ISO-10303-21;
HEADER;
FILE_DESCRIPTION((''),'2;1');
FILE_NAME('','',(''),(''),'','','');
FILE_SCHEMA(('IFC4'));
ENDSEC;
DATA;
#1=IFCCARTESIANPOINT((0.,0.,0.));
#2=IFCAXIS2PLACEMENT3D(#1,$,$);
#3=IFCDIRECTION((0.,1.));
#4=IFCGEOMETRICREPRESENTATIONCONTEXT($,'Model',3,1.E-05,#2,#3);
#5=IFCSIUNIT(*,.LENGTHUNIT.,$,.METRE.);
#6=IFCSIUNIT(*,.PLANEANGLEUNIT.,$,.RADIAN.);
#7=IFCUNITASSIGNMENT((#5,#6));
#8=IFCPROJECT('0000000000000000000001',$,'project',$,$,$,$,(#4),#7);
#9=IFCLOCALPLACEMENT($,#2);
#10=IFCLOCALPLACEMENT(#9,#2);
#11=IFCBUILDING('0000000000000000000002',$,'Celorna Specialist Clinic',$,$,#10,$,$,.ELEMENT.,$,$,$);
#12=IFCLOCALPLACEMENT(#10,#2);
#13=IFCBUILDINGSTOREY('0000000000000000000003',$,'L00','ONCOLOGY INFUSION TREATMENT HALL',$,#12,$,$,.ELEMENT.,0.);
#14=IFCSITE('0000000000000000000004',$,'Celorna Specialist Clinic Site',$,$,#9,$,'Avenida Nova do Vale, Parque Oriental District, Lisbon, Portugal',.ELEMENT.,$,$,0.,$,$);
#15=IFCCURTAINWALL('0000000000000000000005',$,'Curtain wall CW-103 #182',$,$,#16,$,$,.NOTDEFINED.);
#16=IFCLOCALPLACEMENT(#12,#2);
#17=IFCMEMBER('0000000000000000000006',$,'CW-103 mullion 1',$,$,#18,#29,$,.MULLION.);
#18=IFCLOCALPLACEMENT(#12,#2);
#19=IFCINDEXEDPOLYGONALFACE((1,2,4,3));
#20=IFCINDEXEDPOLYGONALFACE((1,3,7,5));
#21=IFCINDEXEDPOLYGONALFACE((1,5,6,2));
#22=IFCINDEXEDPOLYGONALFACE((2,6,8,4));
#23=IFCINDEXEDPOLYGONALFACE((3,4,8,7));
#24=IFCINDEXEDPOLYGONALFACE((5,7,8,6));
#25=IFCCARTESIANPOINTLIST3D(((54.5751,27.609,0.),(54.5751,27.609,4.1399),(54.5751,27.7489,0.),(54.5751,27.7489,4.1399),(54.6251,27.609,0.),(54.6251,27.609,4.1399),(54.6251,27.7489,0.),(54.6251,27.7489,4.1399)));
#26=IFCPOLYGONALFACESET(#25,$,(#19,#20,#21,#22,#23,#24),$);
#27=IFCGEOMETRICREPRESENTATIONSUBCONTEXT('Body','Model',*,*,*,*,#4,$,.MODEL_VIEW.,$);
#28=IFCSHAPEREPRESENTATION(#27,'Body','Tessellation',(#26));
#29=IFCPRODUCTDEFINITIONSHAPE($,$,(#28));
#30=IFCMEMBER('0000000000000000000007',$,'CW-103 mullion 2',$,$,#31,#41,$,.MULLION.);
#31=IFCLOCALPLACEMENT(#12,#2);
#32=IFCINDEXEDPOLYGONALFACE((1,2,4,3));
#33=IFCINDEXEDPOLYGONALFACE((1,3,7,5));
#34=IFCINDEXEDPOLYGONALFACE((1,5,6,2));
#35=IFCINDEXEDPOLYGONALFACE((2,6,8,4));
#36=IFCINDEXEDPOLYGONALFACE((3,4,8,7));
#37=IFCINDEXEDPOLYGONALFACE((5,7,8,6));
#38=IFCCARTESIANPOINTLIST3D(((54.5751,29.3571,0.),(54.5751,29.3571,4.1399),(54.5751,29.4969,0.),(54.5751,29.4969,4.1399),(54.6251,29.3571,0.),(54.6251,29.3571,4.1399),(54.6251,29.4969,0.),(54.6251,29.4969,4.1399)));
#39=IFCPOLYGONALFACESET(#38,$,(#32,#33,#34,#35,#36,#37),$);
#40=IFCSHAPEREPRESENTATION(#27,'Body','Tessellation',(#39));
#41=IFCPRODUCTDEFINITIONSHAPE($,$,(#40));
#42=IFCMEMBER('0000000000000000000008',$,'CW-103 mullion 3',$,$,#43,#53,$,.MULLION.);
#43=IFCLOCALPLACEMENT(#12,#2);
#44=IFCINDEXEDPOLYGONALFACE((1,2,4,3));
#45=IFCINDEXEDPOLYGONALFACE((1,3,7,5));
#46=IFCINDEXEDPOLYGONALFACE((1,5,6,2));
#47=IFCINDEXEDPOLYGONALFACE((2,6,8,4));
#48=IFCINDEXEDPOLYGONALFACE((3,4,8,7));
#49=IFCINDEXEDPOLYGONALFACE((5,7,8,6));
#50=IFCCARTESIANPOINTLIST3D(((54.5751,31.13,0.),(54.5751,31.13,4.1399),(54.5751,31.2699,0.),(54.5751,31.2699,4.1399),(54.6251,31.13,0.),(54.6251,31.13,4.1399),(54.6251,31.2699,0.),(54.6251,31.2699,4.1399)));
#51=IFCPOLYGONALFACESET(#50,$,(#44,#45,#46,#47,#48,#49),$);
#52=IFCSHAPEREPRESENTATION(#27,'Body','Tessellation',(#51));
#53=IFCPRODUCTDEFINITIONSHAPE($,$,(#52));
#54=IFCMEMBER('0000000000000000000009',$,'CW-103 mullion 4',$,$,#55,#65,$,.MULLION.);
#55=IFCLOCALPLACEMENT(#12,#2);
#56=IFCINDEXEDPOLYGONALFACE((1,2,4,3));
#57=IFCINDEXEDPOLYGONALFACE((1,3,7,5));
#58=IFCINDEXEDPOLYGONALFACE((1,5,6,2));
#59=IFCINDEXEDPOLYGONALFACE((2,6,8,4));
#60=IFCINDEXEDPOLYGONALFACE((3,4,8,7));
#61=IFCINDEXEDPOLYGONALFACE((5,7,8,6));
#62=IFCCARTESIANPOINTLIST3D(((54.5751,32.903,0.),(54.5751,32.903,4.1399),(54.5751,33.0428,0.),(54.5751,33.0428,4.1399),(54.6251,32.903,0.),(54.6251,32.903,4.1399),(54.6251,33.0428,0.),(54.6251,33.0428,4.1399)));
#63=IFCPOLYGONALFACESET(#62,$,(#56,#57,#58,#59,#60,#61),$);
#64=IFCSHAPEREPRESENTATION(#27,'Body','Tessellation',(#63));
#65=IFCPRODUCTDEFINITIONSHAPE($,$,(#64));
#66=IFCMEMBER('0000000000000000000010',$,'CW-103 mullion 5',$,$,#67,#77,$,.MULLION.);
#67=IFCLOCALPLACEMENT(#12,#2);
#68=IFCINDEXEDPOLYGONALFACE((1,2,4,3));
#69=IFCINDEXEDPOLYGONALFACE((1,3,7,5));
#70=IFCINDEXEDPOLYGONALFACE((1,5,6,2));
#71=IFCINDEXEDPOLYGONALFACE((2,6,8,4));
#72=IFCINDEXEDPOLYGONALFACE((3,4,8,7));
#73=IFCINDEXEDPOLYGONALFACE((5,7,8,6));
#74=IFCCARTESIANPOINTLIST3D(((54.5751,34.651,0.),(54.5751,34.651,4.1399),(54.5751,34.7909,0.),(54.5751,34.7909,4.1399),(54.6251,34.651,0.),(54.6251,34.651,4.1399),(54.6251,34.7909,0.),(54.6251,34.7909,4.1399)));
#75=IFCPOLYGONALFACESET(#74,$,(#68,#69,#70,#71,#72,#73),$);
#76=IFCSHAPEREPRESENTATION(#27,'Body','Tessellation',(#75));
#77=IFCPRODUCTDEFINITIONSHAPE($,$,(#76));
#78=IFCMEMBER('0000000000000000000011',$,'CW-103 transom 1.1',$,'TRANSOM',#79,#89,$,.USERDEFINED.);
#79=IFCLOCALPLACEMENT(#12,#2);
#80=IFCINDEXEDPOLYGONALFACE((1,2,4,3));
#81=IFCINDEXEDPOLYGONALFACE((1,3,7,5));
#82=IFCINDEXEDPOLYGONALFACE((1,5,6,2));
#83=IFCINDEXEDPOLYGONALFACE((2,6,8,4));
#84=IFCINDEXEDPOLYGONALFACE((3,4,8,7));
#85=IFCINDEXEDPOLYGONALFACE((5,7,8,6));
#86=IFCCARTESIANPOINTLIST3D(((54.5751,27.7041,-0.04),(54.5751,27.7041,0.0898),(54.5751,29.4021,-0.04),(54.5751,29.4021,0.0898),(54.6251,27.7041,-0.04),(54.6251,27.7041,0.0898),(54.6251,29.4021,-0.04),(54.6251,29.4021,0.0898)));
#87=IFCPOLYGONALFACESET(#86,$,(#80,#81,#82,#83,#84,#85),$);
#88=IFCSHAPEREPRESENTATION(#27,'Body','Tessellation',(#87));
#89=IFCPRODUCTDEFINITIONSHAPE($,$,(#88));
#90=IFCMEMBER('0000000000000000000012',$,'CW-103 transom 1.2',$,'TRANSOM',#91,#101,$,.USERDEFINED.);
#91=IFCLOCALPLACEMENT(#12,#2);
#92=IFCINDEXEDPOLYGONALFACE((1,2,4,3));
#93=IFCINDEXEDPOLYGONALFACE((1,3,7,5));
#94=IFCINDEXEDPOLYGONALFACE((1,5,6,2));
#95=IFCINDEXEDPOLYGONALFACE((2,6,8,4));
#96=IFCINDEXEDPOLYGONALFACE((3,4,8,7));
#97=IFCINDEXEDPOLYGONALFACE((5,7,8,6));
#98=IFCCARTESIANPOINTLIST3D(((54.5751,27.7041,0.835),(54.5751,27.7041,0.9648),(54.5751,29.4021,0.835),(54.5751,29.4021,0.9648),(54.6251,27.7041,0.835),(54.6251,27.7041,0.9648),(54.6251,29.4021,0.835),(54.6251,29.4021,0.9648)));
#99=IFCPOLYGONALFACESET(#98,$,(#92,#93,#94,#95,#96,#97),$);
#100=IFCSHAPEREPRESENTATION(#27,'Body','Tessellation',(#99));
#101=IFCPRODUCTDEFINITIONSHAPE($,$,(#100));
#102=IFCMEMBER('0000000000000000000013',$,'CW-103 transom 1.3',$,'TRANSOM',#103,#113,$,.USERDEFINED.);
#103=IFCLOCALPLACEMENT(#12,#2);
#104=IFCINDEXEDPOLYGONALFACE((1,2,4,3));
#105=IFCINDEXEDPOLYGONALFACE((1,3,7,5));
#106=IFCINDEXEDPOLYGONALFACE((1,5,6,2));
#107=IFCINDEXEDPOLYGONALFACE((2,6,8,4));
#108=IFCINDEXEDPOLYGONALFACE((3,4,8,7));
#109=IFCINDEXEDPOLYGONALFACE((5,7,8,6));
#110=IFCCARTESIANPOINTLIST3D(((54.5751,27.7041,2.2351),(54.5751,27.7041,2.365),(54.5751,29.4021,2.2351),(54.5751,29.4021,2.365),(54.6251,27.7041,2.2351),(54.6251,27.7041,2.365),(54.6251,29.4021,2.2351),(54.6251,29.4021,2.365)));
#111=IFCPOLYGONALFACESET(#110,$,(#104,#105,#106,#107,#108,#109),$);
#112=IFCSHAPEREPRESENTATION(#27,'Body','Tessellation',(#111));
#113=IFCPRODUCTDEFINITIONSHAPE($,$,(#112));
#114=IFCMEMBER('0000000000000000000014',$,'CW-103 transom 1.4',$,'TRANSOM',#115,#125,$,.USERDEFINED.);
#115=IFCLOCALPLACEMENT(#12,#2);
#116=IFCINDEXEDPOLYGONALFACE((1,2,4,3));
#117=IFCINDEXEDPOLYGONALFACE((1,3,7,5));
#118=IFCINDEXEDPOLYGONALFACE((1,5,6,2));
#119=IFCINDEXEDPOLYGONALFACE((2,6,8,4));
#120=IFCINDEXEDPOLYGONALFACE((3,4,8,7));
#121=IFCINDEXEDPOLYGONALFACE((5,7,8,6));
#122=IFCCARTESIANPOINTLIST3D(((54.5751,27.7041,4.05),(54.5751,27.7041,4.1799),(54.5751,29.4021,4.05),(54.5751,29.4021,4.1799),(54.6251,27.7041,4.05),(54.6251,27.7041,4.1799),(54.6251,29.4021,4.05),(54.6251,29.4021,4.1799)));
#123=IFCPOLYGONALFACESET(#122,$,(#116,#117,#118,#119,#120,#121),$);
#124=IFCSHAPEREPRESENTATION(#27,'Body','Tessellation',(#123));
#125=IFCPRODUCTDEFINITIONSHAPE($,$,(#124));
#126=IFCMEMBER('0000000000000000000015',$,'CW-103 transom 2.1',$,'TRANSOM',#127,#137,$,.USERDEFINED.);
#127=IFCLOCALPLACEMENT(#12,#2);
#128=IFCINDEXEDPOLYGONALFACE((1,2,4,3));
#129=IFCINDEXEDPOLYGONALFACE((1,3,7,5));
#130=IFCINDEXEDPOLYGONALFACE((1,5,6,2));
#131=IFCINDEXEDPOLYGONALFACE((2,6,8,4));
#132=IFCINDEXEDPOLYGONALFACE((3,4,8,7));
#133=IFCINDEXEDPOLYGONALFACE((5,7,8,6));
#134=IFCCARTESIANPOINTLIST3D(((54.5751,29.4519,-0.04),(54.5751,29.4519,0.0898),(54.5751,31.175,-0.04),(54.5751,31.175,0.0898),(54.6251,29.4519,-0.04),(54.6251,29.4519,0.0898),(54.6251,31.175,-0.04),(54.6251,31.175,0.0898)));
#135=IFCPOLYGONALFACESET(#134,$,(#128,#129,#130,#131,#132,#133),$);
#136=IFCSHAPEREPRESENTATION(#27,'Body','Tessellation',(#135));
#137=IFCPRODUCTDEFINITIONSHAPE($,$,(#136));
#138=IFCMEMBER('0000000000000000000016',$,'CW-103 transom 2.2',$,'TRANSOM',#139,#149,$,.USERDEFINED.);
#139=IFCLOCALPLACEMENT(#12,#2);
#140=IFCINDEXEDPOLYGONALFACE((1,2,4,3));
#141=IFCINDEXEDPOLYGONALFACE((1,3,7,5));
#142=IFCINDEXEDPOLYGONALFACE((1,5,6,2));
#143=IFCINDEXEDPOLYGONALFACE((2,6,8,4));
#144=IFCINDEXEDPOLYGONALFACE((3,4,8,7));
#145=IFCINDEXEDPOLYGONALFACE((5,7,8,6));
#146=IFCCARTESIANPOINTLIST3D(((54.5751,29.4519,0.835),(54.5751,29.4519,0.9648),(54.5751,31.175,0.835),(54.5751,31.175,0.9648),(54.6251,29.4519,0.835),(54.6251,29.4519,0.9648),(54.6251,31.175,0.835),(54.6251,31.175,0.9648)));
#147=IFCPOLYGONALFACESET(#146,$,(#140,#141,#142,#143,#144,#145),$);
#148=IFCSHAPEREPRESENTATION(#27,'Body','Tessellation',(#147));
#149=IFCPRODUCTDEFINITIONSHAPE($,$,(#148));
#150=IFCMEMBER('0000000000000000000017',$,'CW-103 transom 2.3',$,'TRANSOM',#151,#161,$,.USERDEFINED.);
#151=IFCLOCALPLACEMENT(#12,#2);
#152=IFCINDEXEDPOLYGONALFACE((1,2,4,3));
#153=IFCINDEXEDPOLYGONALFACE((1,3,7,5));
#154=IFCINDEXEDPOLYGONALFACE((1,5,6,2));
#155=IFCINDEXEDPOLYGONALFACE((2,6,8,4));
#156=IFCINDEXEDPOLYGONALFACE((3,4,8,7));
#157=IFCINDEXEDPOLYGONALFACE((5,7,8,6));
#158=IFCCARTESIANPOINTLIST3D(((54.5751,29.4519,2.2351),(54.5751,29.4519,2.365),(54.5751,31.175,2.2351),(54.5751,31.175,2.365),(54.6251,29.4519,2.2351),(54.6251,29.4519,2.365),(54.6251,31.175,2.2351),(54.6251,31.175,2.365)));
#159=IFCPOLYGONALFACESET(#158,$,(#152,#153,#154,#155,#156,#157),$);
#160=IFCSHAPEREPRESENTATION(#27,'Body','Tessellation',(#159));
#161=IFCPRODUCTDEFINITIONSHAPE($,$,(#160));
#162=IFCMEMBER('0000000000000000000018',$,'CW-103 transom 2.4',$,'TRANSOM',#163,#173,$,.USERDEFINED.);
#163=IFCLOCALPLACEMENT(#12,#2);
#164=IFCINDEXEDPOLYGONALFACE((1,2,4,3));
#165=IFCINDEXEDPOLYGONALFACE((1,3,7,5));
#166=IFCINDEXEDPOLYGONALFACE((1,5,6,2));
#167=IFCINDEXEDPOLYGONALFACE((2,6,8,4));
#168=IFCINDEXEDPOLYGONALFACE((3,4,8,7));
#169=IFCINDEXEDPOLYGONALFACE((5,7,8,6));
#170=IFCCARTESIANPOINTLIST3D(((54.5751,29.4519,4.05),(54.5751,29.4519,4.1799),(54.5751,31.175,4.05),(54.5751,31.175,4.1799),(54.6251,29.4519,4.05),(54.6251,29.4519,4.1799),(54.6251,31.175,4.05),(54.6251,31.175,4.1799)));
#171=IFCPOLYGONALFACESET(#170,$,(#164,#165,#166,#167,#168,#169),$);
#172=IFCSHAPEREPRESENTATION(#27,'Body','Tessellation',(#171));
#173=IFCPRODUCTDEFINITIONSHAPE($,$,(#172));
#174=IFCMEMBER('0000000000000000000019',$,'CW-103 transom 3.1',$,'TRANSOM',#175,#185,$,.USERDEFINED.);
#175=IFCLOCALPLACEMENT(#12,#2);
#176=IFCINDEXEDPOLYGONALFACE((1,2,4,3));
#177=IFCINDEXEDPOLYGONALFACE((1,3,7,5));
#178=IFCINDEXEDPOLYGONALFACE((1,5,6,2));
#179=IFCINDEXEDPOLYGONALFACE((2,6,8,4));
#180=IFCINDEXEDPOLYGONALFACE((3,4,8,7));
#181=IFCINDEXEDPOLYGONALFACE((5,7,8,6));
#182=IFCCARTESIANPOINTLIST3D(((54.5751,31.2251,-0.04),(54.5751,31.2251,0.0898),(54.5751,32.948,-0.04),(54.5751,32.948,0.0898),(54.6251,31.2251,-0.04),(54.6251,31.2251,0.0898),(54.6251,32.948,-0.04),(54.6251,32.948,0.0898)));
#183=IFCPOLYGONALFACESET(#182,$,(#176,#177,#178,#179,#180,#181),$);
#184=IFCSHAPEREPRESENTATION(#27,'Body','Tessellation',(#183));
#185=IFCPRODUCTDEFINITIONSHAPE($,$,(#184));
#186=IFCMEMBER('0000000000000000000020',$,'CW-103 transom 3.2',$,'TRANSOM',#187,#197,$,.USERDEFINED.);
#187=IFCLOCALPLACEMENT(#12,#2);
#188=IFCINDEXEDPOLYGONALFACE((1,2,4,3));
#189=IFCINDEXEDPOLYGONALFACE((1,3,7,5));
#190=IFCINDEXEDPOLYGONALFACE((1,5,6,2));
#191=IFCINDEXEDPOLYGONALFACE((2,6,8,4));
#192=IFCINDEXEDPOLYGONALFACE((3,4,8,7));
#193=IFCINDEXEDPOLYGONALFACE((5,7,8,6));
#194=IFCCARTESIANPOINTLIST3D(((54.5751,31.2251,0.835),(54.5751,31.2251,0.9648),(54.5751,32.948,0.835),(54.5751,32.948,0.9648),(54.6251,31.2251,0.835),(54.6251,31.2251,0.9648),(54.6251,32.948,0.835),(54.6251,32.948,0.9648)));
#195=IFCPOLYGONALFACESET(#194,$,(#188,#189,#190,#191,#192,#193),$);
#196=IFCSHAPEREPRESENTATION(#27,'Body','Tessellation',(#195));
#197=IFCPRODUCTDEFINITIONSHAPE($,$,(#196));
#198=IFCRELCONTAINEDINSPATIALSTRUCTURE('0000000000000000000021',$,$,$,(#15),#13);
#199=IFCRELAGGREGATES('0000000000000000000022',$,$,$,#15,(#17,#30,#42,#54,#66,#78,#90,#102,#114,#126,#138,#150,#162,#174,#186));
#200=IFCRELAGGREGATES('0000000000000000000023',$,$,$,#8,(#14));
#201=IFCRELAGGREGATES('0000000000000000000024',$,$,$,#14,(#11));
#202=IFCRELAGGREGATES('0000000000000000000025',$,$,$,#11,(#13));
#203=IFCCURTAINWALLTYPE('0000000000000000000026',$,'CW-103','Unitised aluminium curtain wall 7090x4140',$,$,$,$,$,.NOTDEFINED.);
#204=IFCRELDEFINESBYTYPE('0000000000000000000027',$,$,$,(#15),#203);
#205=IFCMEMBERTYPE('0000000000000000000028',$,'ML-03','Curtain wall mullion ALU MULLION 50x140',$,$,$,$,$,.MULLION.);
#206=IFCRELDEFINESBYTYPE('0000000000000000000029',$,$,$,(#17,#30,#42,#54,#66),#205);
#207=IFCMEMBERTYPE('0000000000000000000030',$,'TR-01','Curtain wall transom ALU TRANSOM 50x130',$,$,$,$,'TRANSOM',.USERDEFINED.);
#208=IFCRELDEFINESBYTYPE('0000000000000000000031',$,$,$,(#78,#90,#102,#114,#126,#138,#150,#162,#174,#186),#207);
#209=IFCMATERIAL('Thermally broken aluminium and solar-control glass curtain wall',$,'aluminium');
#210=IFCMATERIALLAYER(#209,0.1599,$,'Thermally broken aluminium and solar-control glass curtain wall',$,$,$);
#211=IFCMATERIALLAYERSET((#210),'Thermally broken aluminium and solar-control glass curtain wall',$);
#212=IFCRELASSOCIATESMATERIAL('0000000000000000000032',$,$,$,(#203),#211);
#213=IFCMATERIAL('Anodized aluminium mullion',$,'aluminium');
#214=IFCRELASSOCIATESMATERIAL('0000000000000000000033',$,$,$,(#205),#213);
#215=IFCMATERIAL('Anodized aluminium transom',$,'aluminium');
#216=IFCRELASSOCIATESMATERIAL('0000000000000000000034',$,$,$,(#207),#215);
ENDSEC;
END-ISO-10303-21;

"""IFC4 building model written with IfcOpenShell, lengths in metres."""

from ifc_helpers import new_model, si_unit, direction, frame, origin, origin_2d, place, context, subcontext, project, spatial, rectangle, extrude, material, layer, layer_set, material_profile, profile_set, type_object, element, aggregate, save


model = new_model("IFC4")

# Units and contexts
model_context = context("Model", 3, precision=1e-05, world=origin(), true_north=direction((0.0, 1.0)))
body_context = subcontext(model_context, "Body", "Model", "MODEL_VIEW")
ifc_project = project(units=[si_unit("LENGTHUNIT", "METRE"), si_unit("PLANEANGLEUNIT", "RADIAN")], contexts=[model_context])

# Site, building, storey
site_placement = place(None, origin())
site = spatial("IfcSite", under=ifc_project, at=site_placement, Name="Celorna Specialist Clinic Site", LongName="Avenida Nova do Vale, Parque Oriental District, Lisbon, Portugal", CompositionType="ELEMENT", RefElevation=0.0)
building_placement = place(site_placement, origin())
building = spatial("IfcBuilding", under=site, at=building_placement, Name="Celorna Specialist Clinic", CompositionType="ELEMENT")
storey_placement = place(building_placement, origin())
storey = spatial("IfcBuildingStorey", under=building, at=storey_placement, Name="L00", Description="ONCOLOGY INFUSION TREATMENT HALL", CompositionType="ELEMENT", Elevation=0.0)

# Curtain wall, members
ifc_material_1 = material(Name="Thermally broken aluminium and solar-control glass curtain wall", Category="aluminium")
ifc_layer_1 = layer(ifc_material_1, 0.1599, Name="Thermally broken aluminium and solar-control glass curtain wall")
ifc_layer_set_1 = layer_set([ifc_layer_1], Name="Thermally broken aluminium and solar-control glass curtain wall")
curtain_wall_type = type_object("IfcCurtainWallType", Name="CW-103", Description="Unitised aluminium curtain wall 7090x4140", PredefinedType="NOTDEFINED", material=ifc_layer_set_1)
curtain_wall_placement = place(storey_placement, origin())
curtain_wall = element("IfcCurtainWall", 1, at=curtain_wall_placement, inside=storey, type_object=curtain_wall_type, Name="Curtain wall CW-103 #182", PredefinedType="NOTDEFINED")
ifc_material_2 = material(Name="Anodized aluminium mullion", Category="aluminium")
ifc_material_profile_1 = material_profile(ifc_material_2, rectangle(XDim=0.05, YDim=0.1399, at=origin_2d()), Name="ALU MULLION 50x140")
ifc_profile_set_1 = profile_set([ifc_material_profile_1], Name="Anodized aluminium mullion")
member_type_1 = type_object("IfcMemberType", Name="ML-03", Description="Curtain wall mullion ALU MULLION 50x140", PredefinedType="MULLION", material=ifc_profile_set_1)
member_1_placement = place(storey_placement, frame((54.6001, 27.679, 0.0), z_axis=(0.0, 0.0, 1.0), x_axis=(-1.0, 0.0, 0.0)))
member_1 = element("IfcMember", 2, at=member_1_placement, type_object=member_type_1, Name="CW-103 mullion 1", PredefinedType="MULLION", context=body_context, shape_type="SweptSolid", body=[
    extrude(rectangle(XDim=0.05, YDim=0.1399, at=origin_2d()), origin(), (0.0, 0.0, 1.0), 4.1399),
])
member_2_placement = place(storey_placement, frame((54.6001, 29.427, 0.0), z_axis=(0.0, 0.0, 1.0), x_axis=(-1.0, 0.0, 0.0)))
member_2 = element("IfcMember", 3, at=member_2_placement, type_object=member_type_1, Name="CW-103 mullion 2", PredefinedType="MULLION", context=body_context, shape_type="SweptSolid", body=[
    extrude(rectangle(XDim=0.05, YDim=0.1399, at=origin_2d()), origin(), (0.0, 0.0, 1.0), 4.1399),
])
member_3_placement = place(storey_placement, frame((54.6001, 31.2, 0.0), z_axis=(0.0, 0.0, 1.0), x_axis=(-1.0, 0.0, 0.0)))
member_3 = element("IfcMember", 4, at=member_3_placement, type_object=member_type_1, Name="CW-103 mullion 3", PredefinedType="MULLION", context=body_context, shape_type="SweptSolid", body=[
    extrude(rectangle(XDim=0.05, YDim=0.1399, at=origin_2d()), origin(), (0.0, 0.0, 1.0), 4.1399),
])
member_4_placement = place(storey_placement, frame((54.6001, 32.9729, 0.0), z_axis=(0.0, 0.0, 1.0), x_axis=(-1.0, 0.0, 0.0)))
member_4 = element("IfcMember", 5, at=member_4_placement, type_object=member_type_1, Name="CW-103 mullion 4", PredefinedType="MULLION", context=body_context, shape_type="SweptSolid", body=[
    extrude(rectangle(XDim=0.05, YDim=0.1399, at=origin_2d()), origin(), (0.0, 0.0, 1.0), 4.1399),
])
member_5_placement = place(storey_placement, frame((54.6001, 34.7209, 0.0), z_axis=(0.0, 0.0, 1.0), x_axis=(-1.0, 0.0, 0.0)))
member_5 = element("IfcMember", 6, at=member_5_placement, type_object=member_type_1, Name="CW-103 mullion 5", PredefinedType="MULLION", context=body_context, shape_type="SweptSolid", body=[
    extrude(rectangle(XDim=0.05, YDim=0.1399, at=origin_2d()), origin(), (0.0, 0.0, 1.0), 4.1399),
])
ifc_material_3 = material(Name="Anodized aluminium transom", Category="aluminium")
ifc_material_profile_2 = material_profile(ifc_material_3, rectangle(XDim=0.05, YDim=0.1299, at=origin_2d()), Name="ALU TRANSOM 50x130")
ifc_profile_set_2 = profile_set([ifc_material_profile_2], Name="Anodized aluminium transom")
member_type_2 = type_object("IfcMemberType", Name="TR-01", Description="Curtain wall transom ALU TRANSOM 50x130", ElementType="TRANSOM", PredefinedType="USERDEFINED", material=ifc_profile_set_2)
member_6_placement = place(storey_placement, frame((54.6001, 27.7041, 0.0249), z_axis=(0.0, 1.0, 0.0), x_axis=(-1.0, 0.0, 0.0)))
member_6 = element("IfcMember", 7, at=member_6_placement, type_object=member_type_2, Name="CW-103 transom 1.1", ObjectType="TRANSOM", PredefinedType="USERDEFINED", context=body_context, shape_type="SweptSolid", body=[
    extrude(rectangle(XDim=0.05, YDim=0.1299, at=origin_2d()), origin(), (0.0, 0.0, 1.0), 1.698),
])
member_7_placement = place(storey_placement, frame((54.6001, 27.7041, 0.8999), z_axis=(0.0, 1.0, 0.0), x_axis=(-1.0, 0.0, 0.0)))
member_7 = element("IfcMember", 8, at=member_7_placement, type_object=member_type_2, Name="CW-103 transom 1.2", ObjectType="TRANSOM", PredefinedType="USERDEFINED", context=body_context, shape_type="SweptSolid", body=[
    extrude(rectangle(XDim=0.05, YDim=0.1299, at=origin_2d()), origin(), (0.0, 0.0, 1.0), 1.698),
])
member_8_placement = place(storey_placement, frame((54.6001, 27.7041, 2.3), z_axis=(0.0, 1.0, 0.0), x_axis=(-1.0, 0.0, 0.0)))
member_8 = element("IfcMember", 9, at=member_8_placement, type_object=member_type_2, Name="CW-103 transom 1.3", ObjectType="TRANSOM", PredefinedType="USERDEFINED", context=body_context, shape_type="SweptSolid", body=[
    extrude(rectangle(XDim=0.05, YDim=0.1299, at=origin_2d()), origin(), (0.0, 0.0, 1.0), 1.698),
])
member_9_placement = place(storey_placement, frame((54.6001, 27.7041, 4.115), z_axis=(0.0, 1.0, 0.0), x_axis=(-1.0, 0.0, 0.0)))
member_9 = element("IfcMember", 10, at=member_9_placement, type_object=member_type_2, Name="CW-103 transom 1.4", ObjectType="TRANSOM", PredefinedType="USERDEFINED", context=body_context, shape_type="SweptSolid", body=[
    extrude(rectangle(XDim=0.05, YDim=0.1299, at=origin_2d()), origin(), (0.0, 0.0, 1.0), 1.698),
])
member_10_placement = place(storey_placement, frame((54.6001, 29.4519, 0.0249), z_axis=(0.0, 1.0, 0.0), x_axis=(-1.0, 0.0, 0.0)))
member_10 = element("IfcMember", 11, at=member_10_placement, type_object=member_type_2, Name="CW-103 transom 2.1", ObjectType="TRANSOM", PredefinedType="USERDEFINED", context=body_context, shape_type="SweptSolid", body=[
    extrude(rectangle(XDim=0.05, YDim=0.1299, at=origin_2d()), origin(), (0.0, 0.0, 1.0), 1.7231),
])
member_11_placement = place(storey_placement, frame((54.6001, 29.4519, 0.8999), z_axis=(0.0, 1.0, 0.0), x_axis=(-1.0, 0.0, 0.0)))
member_11 = element("IfcMember", 12, at=member_11_placement, type_object=member_type_2, Name="CW-103 transom 2.2", ObjectType="TRANSOM", PredefinedType="USERDEFINED", context=body_context, shape_type="SweptSolid", body=[
    extrude(rectangle(XDim=0.05, YDim=0.1299, at=origin_2d()), origin(), (0.0, 0.0, 1.0), 1.7231),
])
member_12_placement = place(storey_placement, frame((54.6001, 29.4519, 2.3), z_axis=(0.0, 1.0, 0.0), x_axis=(-1.0, 0.0, 0.0)))
member_12 = element("IfcMember", 13, at=member_12_placement, type_object=member_type_2, Name="CW-103 transom 2.3", ObjectType="TRANSOM", PredefinedType="USERDEFINED", context=body_context, shape_type="SweptSolid", body=[
    extrude(rectangle(XDim=0.05, YDim=0.1299, at=origin_2d()), origin(), (0.0, 0.0, 1.0), 1.7231),
])
member_13_placement = place(storey_placement, frame((54.6001, 29.4519, 4.115), z_axis=(0.0, 1.0, 0.0), x_axis=(-1.0, 0.0, 0.0)))
member_13 = element("IfcMember", 14, at=member_13_placement, type_object=member_type_2, Name="CW-103 transom 2.4", ObjectType="TRANSOM", PredefinedType="USERDEFINED", context=body_context, shape_type="SweptSolid", body=[
    extrude(rectangle(XDim=0.05, YDim=0.1299, at=origin_2d()), origin(), (0.0, 0.0, 1.0), 1.7231),
])
member_14_placement = place(storey_placement, frame((54.6001, 31.2251, 0.0249), z_axis=(0.0, 1.0, 0.0), x_axis=(-1.0, 0.0, 0.0)))
member_14 = element("IfcMember", 15, at=member_14_placement, type_object=member_type_2, Name="CW-103 transom 3.1", ObjectType="TRANSOM", PredefinedType="USERDEFINED", context=body_context, shape_type="SweptSolid", body=[
    extrude(rectangle(XDim=0.05, YDim=0.1299, at=origin_2d()), origin(), (0.0, 0.0, 1.0), 1.7229),
])
member_15_placement = place(storey_placement, frame((54.6001, 31.2251, 0.8999), z_axis=(0.0, 1.0, 0.0), x_axis=(-1.0, 0.0, 0.0)))
member_15 = element("IfcMember", 16, at=member_15_placement, type_object=member_type_2, Name="CW-103 transom 3.2", ObjectType="TRANSOM", PredefinedType="USERDEFINED", context=body_context, shape_type="SweptSolid", body=[
    extrude(rectangle(XDim=0.05, YDim=0.1299, at=origin_2d()), origin(), (0.0, 0.0, 1.0), 1.7229),
])
aggregate(curtain_wall, [member_1, member_2, member_3, member_4, member_5, member_6, member_7, member_8, member_9, member_10, member_11, member_12, member_13, member_14, member_15])

save(model, "model.ifc")
